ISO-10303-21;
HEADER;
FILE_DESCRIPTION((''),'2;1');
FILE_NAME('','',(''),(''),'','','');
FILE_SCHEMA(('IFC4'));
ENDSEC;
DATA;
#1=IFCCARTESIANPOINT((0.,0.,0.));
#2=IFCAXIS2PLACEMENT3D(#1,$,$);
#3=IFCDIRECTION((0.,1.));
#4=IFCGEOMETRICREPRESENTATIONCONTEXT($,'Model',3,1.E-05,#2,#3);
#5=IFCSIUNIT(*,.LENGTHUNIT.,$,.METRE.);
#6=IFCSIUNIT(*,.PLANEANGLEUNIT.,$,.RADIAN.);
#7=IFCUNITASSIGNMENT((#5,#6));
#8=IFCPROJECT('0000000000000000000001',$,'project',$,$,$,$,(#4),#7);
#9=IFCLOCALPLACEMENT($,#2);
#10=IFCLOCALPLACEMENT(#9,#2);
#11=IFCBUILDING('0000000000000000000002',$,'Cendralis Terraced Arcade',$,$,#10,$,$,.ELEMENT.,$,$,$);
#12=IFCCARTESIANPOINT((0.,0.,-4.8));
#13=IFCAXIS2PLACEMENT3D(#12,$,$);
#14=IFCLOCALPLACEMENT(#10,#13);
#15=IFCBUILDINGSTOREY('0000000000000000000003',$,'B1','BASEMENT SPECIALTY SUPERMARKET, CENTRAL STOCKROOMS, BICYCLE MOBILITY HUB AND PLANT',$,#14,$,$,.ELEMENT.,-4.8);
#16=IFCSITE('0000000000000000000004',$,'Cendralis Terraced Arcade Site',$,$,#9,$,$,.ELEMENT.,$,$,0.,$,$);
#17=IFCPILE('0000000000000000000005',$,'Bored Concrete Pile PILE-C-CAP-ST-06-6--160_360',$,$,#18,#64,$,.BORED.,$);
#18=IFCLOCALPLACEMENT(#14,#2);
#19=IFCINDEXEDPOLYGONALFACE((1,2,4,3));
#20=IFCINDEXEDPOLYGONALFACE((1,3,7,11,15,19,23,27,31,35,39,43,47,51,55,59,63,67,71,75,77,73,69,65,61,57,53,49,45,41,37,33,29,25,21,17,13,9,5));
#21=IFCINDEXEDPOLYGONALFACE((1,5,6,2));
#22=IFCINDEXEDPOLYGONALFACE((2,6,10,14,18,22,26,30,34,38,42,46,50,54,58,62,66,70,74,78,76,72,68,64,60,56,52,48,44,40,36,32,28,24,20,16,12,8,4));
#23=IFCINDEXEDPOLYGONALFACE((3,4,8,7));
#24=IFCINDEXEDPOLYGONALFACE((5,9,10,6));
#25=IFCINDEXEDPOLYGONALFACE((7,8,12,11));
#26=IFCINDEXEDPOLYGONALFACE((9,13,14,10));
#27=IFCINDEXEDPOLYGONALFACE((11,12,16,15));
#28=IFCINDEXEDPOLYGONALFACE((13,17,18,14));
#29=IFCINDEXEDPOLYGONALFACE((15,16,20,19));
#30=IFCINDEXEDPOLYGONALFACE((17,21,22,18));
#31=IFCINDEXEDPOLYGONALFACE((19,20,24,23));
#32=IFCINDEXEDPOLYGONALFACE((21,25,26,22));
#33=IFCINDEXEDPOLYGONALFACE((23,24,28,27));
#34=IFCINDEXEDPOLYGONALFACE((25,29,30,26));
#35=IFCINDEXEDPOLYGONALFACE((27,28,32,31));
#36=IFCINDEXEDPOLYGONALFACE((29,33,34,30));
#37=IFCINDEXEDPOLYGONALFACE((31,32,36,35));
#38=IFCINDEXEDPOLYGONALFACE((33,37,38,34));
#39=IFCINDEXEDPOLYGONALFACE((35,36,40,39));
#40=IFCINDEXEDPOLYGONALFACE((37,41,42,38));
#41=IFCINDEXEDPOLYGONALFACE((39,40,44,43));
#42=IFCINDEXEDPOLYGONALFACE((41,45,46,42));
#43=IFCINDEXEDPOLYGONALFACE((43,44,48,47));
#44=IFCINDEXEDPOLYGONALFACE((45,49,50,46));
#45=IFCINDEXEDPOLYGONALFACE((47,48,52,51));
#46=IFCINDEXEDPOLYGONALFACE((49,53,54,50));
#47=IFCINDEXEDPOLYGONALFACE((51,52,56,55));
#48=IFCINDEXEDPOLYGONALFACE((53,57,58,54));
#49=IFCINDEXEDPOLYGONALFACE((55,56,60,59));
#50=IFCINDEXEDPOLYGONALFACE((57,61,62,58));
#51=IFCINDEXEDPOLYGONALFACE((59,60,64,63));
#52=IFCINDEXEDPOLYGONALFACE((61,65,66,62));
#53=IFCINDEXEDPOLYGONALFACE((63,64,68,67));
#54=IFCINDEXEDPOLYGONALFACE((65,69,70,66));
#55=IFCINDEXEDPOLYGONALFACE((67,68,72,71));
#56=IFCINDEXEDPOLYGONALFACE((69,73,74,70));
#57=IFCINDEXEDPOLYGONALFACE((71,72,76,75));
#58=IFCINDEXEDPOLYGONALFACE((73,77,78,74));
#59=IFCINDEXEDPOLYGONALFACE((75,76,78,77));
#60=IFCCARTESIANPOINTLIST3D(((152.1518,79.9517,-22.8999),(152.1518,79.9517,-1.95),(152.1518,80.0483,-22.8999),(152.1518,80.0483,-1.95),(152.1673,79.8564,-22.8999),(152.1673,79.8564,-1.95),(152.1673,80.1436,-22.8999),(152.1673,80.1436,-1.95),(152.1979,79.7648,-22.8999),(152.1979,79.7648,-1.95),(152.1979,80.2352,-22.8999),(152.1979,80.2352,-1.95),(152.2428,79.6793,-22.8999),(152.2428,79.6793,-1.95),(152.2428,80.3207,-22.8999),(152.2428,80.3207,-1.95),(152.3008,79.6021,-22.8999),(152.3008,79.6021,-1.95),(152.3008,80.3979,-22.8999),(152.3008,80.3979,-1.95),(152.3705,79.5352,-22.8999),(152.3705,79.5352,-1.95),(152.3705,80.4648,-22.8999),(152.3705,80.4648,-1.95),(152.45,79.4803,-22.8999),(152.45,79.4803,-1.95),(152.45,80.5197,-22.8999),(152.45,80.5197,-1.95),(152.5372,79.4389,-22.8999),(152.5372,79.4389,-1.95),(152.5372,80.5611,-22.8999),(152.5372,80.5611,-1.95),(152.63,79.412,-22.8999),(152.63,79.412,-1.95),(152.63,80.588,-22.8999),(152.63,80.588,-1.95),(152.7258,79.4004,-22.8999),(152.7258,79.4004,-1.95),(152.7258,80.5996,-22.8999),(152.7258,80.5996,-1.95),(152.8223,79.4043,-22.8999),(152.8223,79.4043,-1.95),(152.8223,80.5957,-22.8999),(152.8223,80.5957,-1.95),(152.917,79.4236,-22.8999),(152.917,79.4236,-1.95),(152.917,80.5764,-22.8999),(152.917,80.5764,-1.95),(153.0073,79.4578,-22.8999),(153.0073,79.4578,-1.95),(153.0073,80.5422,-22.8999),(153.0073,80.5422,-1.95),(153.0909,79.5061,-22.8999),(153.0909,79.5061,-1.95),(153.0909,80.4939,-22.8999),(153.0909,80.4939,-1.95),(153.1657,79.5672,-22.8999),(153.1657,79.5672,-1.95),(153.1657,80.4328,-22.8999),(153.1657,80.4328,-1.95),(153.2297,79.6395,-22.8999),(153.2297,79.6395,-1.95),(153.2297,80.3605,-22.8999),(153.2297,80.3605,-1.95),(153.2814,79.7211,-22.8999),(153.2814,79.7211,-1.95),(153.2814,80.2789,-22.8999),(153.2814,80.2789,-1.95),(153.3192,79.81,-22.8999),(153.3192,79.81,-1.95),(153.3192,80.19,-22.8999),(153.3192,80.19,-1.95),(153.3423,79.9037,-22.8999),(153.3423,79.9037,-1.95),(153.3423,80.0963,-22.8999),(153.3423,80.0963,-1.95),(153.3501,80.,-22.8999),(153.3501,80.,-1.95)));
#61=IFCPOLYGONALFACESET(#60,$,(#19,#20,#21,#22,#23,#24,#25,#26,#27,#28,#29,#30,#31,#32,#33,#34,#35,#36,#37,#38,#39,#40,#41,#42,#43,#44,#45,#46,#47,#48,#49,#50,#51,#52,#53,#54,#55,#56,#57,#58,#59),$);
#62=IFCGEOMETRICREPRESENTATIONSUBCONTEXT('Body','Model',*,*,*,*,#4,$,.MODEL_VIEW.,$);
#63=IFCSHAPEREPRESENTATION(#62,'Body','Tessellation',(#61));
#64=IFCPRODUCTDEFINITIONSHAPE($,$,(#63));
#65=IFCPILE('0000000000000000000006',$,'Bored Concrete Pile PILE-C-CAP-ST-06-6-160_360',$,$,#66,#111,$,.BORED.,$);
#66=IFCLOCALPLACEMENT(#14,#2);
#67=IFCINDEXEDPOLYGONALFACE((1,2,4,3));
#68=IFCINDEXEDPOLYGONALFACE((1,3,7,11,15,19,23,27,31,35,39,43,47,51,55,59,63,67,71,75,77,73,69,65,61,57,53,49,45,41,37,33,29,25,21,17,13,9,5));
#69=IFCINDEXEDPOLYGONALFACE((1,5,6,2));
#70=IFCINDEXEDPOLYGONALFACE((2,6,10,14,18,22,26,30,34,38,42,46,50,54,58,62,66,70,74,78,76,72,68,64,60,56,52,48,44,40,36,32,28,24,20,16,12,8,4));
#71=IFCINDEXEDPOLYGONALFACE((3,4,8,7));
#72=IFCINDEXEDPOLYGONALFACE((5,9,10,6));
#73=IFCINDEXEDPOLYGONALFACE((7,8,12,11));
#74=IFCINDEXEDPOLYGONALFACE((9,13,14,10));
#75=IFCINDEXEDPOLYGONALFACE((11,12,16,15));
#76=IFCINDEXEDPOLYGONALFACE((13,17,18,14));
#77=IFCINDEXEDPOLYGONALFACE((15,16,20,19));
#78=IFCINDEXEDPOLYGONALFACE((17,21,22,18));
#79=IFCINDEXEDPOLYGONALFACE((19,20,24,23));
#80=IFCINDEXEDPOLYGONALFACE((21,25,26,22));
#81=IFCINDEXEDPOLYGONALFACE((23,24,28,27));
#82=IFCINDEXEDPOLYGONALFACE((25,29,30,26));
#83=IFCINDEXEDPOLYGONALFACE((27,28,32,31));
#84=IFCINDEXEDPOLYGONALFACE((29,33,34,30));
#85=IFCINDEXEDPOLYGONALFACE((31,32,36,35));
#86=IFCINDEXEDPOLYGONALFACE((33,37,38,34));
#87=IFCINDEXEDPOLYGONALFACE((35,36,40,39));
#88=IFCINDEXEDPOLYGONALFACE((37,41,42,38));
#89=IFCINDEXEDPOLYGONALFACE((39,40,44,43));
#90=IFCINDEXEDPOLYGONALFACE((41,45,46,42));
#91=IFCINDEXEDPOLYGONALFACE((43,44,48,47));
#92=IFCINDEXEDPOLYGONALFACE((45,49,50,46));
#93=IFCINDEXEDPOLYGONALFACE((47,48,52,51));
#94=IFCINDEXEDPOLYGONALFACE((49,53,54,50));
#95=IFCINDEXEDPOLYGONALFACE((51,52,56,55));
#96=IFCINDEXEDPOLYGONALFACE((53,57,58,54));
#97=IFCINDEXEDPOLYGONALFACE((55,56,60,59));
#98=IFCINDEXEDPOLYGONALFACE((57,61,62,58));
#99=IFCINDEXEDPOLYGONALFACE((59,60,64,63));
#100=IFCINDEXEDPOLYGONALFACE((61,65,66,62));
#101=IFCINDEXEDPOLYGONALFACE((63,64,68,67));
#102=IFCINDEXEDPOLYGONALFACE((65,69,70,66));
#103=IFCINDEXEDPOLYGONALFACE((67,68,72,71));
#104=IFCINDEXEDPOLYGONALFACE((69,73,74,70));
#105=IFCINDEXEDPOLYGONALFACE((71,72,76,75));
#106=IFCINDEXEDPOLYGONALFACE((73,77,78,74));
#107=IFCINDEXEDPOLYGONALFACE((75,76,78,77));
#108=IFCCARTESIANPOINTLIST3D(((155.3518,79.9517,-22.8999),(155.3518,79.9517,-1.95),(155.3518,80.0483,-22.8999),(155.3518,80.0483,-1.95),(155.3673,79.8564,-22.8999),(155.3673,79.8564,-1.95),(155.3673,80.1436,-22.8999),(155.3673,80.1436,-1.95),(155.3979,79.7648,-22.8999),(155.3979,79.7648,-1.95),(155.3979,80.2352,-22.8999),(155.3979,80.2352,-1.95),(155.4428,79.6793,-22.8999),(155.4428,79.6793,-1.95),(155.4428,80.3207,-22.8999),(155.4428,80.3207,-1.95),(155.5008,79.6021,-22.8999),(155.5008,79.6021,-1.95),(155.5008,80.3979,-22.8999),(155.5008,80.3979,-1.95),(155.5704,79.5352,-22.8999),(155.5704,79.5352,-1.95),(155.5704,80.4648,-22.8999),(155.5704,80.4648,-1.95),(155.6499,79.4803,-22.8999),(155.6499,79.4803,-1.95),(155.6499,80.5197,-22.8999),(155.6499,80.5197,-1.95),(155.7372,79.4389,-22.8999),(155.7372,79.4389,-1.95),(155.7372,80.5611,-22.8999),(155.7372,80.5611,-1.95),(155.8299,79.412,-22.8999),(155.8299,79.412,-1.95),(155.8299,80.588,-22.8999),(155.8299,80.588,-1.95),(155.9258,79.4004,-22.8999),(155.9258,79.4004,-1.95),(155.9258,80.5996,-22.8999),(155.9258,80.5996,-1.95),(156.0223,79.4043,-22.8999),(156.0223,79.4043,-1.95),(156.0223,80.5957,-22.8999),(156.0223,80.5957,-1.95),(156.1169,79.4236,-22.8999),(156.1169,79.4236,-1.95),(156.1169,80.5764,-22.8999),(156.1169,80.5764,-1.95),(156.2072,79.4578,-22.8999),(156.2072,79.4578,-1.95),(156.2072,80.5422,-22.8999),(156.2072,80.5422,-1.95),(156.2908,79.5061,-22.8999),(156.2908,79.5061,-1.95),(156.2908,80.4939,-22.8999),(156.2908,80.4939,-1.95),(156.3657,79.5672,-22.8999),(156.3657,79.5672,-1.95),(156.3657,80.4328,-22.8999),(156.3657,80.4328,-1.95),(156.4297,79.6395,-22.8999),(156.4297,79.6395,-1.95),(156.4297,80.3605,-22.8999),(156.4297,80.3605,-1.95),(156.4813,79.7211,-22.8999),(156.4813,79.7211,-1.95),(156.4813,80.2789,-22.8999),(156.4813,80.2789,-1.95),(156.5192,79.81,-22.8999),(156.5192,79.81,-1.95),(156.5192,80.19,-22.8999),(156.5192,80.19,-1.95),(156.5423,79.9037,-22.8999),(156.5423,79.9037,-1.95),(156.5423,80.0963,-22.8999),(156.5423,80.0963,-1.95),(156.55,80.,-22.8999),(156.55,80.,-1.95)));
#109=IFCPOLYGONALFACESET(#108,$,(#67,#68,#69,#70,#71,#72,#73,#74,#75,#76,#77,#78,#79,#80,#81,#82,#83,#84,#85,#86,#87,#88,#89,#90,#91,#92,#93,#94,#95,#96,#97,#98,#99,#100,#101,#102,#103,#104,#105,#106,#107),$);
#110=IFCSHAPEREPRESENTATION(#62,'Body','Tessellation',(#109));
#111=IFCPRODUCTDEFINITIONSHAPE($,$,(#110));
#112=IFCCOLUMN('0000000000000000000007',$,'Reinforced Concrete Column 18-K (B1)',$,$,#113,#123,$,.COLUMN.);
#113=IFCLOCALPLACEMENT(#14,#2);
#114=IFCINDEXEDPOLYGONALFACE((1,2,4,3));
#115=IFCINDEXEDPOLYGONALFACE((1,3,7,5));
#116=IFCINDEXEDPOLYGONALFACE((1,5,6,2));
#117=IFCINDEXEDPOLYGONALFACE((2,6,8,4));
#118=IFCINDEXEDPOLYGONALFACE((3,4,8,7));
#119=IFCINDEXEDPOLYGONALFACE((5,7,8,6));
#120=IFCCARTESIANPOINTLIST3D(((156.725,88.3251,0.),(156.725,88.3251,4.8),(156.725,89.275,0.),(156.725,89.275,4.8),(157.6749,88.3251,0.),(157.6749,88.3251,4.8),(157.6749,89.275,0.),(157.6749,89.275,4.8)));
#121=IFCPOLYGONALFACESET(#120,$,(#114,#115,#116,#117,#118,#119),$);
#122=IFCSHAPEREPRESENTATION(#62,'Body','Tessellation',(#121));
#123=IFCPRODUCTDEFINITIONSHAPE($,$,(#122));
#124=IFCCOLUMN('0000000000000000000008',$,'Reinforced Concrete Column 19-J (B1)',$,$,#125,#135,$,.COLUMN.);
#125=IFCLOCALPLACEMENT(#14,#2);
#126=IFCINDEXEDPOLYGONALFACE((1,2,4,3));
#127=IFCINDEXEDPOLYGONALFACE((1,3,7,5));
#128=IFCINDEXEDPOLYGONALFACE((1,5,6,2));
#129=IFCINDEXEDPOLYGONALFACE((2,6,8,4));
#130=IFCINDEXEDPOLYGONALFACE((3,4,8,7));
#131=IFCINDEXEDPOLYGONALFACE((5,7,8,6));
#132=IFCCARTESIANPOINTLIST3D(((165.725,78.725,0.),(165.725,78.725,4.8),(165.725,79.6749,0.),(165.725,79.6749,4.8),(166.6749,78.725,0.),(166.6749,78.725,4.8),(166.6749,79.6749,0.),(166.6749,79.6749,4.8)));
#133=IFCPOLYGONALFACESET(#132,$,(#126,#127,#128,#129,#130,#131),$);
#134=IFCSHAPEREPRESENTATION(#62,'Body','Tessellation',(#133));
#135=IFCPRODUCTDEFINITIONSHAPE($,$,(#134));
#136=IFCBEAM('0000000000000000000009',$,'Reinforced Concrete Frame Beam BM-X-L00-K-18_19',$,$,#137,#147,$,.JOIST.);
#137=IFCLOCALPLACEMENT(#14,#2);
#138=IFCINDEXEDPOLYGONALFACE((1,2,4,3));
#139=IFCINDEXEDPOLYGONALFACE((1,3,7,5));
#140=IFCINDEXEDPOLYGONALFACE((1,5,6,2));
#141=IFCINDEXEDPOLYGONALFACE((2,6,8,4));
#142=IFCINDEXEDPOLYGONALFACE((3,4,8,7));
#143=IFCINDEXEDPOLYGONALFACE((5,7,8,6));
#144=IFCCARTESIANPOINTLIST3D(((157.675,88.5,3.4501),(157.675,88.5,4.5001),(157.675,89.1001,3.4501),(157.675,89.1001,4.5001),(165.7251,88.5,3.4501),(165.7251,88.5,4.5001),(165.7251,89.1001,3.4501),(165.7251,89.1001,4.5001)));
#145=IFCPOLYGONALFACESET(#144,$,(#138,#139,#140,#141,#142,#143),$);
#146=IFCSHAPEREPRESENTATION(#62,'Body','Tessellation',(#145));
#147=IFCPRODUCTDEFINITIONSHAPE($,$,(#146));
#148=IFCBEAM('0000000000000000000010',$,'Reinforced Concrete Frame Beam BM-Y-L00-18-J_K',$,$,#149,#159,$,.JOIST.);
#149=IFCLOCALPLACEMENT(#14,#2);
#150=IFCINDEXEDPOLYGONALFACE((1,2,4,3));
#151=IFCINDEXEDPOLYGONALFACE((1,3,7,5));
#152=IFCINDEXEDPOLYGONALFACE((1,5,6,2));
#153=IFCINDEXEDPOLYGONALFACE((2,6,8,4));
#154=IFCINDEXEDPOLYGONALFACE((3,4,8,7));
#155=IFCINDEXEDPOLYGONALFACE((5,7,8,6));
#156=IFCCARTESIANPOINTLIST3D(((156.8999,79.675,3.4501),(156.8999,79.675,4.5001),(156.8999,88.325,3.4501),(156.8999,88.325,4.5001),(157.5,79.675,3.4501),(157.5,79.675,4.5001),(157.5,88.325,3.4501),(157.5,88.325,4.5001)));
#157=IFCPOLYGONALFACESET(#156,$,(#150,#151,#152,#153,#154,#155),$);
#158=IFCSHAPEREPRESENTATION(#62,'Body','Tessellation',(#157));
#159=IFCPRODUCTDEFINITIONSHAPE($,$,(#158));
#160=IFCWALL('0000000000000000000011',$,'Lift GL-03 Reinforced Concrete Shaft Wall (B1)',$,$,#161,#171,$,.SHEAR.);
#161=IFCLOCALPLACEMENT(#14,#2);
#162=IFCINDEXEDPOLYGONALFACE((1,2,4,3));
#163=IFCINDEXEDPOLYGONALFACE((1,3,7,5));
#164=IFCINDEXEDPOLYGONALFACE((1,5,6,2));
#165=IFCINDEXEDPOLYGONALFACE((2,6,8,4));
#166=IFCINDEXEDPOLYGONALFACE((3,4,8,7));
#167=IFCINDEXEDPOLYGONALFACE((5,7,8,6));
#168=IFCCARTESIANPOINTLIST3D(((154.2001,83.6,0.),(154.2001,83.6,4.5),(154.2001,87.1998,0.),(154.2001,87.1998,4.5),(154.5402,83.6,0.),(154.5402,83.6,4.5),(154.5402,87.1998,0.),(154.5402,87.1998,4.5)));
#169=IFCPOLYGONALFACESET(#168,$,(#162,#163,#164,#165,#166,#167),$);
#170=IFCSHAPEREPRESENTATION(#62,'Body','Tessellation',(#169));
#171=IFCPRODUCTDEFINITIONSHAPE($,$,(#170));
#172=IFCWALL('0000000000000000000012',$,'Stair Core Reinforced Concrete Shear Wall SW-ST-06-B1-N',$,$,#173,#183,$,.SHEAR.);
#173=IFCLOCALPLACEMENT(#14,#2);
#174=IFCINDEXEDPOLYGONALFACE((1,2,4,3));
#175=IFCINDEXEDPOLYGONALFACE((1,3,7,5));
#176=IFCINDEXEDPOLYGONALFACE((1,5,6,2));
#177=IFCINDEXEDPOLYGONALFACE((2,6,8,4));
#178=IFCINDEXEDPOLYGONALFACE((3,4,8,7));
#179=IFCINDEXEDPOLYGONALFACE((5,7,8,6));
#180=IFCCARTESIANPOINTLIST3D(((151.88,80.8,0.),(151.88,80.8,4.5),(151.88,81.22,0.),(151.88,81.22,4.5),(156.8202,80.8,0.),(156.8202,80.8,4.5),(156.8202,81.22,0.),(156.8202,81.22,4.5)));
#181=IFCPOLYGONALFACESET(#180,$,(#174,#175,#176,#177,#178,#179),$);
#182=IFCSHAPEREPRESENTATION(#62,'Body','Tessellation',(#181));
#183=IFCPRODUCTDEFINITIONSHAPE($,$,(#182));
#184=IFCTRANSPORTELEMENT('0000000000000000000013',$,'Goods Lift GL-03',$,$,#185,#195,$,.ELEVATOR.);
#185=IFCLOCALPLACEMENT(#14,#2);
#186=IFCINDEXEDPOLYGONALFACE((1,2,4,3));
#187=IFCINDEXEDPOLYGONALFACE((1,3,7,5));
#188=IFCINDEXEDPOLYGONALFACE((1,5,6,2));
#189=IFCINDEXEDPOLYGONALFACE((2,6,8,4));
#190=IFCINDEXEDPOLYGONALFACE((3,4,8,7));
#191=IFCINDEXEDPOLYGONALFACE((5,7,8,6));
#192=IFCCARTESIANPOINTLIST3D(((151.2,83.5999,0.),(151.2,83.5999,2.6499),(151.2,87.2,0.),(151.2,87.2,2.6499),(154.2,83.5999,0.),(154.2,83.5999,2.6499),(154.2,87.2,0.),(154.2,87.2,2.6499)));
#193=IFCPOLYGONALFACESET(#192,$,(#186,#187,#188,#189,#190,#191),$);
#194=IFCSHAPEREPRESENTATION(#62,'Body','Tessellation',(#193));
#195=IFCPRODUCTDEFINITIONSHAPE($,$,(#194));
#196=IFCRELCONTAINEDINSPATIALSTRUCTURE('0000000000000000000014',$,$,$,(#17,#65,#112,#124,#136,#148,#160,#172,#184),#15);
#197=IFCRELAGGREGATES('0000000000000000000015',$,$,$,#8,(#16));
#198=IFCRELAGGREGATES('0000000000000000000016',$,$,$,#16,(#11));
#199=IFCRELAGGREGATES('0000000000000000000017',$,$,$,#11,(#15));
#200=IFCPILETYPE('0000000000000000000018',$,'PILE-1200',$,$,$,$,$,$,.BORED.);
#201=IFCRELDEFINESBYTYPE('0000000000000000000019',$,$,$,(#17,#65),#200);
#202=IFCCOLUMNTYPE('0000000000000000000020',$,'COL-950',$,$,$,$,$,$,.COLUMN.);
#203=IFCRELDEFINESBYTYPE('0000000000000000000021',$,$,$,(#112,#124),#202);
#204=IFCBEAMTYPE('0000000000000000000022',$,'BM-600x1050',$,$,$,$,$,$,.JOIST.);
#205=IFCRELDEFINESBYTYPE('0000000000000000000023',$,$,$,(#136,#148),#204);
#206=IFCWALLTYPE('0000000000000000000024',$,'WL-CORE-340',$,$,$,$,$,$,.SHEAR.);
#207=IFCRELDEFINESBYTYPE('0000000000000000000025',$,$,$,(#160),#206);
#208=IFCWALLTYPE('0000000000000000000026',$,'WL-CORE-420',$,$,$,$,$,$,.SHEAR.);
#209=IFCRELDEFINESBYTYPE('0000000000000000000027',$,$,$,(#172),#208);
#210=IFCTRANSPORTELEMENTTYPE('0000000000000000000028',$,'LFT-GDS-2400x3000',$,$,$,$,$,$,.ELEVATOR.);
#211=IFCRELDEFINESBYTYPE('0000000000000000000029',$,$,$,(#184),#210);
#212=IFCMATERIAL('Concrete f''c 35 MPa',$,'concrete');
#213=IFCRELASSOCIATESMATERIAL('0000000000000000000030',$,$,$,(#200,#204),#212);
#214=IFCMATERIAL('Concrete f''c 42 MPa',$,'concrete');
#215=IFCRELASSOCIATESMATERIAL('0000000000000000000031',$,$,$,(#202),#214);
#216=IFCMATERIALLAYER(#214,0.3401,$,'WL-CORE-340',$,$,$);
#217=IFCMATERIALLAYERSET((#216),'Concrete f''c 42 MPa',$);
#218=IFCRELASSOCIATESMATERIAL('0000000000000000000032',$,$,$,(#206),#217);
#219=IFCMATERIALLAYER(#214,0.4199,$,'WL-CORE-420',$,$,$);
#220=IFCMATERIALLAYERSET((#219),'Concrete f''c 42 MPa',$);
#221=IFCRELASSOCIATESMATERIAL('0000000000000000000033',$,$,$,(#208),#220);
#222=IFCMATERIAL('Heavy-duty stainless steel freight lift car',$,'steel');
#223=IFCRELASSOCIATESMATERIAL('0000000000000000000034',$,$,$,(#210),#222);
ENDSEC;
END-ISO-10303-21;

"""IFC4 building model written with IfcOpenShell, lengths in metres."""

from ifc_helpers import new_model, si_unit, direction, frame, frame_2d, origin, origin_2d, place, context, subcontext, project, spatial, rectangle, circle, extrude, material, layer, layer_set, material_profile, profile_set, type_object, element, save


model = new_model("IFC4")

# Units and contexts
model_context = context("Model", 3, precision=1e-05, world=origin(), true_north=direction((0.0, 1.0)))
body_context = subcontext(model_context, "Body", "Model", "MODEL_VIEW")
ifc_project = project(units=[si_unit("LENGTHUNIT", "METRE"), si_unit("PLANEANGLEUNIT", "RADIAN")], contexts=[model_context])

# Site, building, storey
site_placement = place(None, origin())
site = spatial("IfcSite", under=ifc_project, at=site_placement, Name="Cendralis Terraced Arcade Site", CompositionType="ELEMENT", RefElevation=0.0)
building_placement = place(site_placement, origin())
building = spatial("IfcBuilding", under=site, at=building_placement, Name="Cendralis Terraced Arcade", CompositionType="ELEMENT")
storey_placement = place(building_placement, frame((0.0, 0.0, -4.8)))
storey = spatial("IfcBuildingStorey", under=building, at=storey_placement, Name="B1", Description="BASEMENT SPECIALTY SUPERMARKET, CENTRAL STOCKROOMS, BICYCLE MOBILITY HUB AND PLANT", CompositionType="ELEMENT", Elevation=-4.8)

# Shared definitions
ifc_material_1 = material(Name="Concrete f'c 35 MPa", Category="concrete")

# Piles
ifc_material_profile_1 = material_profile(ifc_material_1, circle(Radius=0.6001, at=origin_2d()), Name="PILE-D1200", Category="LoadBearing")
ifc_profile_set_1 = profile_set([ifc_material_profile_1], Name="Concrete f'c 35 MPa")
pile_type_1 = type_object("IfcPileType", Name="PILE-1200", PredefinedType="BORED", material=ifc_profile_set_1)
for number, where, z_axis, x_axis, name in (
    (1, (152.75, 80.0, -1.95), (0.0, 0.0, -1.0), (1.0, 0.0, 0.0), "Bored Concrete Pile PILE-C-CAP-ST-06-6--160_360"),
    (2, (155.95, 80.0, -1.95), (0.0, 0.0, -1.0), (1.0, 0.0, 0.0), "Bored Concrete Pile PILE-C-CAP-ST-06-6-160_360"),
):
    element("IfcPile", number, at=place(storey_placement, frame(where, z_axis=z_axis, x_axis=x_axis)), inside=storey, type_object=pile_type_1, Name=name, PredefinedType="BORED", context=body_context, shape_type="SweptSolid", body=[
        extrude(circle(Radius=0.6001, at=origin_2d()), origin(), (0.0, 0.0, 1.0), 20.95),
    ])

# Columns
ifc_material_2 = material(Name="Concrete f'c 42 MPa", Category="concrete")
ifc_material_profile_2 = material_profile(ifc_material_2, rectangle(XDim=0.95, YDim=0.95, at=origin_2d()), Name="RC-COL-950x950", Category="LoadBearing")
ifc_profile_set_2 = profile_set([ifc_material_profile_2], Name="Concrete f'c 42 MPa")
column_type = type_object("IfcColumnType", Name="COL-950", PredefinedType="COLUMN", material=ifc_profile_set_2)
for number, where, z_axis, x_axis, name in (
    (3, (157.2, 88.8, 0.0), (0.0, 0.0, 1.0), (1.0, 0.0, 0.0), "Reinforced Concrete Column 18-K (B1)"),
    (4, (166.2, 79.2, 0.0), (0.0, 0.0, 1.0), (1.0, 0.0, 0.0), "Reinforced Concrete Column 19-J (B1)"),
):
    element("IfcColumn", number, at=place(storey_placement, frame(where, z_axis=z_axis, x_axis=x_axis)), inside=storey, type_object=column_type, Name=name, PredefinedType="COLUMN", context=body_context, shape_type="SweptSolid", body=[
        extrude(rectangle(XDim=0.95, YDim=0.95, at=origin_2d()), origin(), (0.0, 0.0, 1.0), 4.8),
    ])

# Beams
ifc_material_profile_3 = material_profile(ifc_material_1, rectangle(XDim=0.6001, YDim=1.05, at=origin_2d()), Name="RC-BM-600x1050", Category="LoadBearing")
ifc_profile_set_3 = profile_set([ifc_material_profile_3], Name="Concrete f'c 35 MPa")
beam_type = type_object("IfcBeamType", Name="BM-600x1050", PredefinedType="JOIST", material=ifc_profile_set_3)
beam_1_placement = place(storey_placement, frame((157.675, 88.8, 3.9751), z_axis=(1.0, 0.0, 0.0), x_axis=(0.0, 1.0, 0.0)))
element("IfcBeam", 5, at=beam_1_placement, inside=storey, type_object=beam_type, Name="Reinforced Concrete Frame Beam BM-X-L00-K-18_19", PredefinedType="JOIST", context=body_context, shape_type="SweptSolid", body=[
    extrude(rectangle(XDim=0.6001, YDim=1.05, at=origin_2d()), origin(), (0.0, 0.0, 1.0), 8.05),
])
beam_2_placement = place(storey_placement, frame((157.2, 79.675, 3.9751), z_axis=(0.0, 1.0, 0.0), x_axis=(-1.0, 0.0, 0.0)))
element("IfcBeam", 6, at=beam_2_placement, inside=storey, type_object=beam_type, Name="Reinforced Concrete Frame Beam BM-Y-L00-18-J_K", PredefinedType="JOIST", context=body_context, shape_type="SweptSolid", body=[
    extrude(rectangle(XDim=0.6001, YDim=1.05, at=origin_2d()), origin(), (0.0, 0.0, 1.0), 8.6499),
])

# Walls
ifc_layer_1 = layer(ifc_material_2, 0.3401, Name="WL-CORE-340")
ifc_layer_set_1 = layer_set([ifc_layer_1], Name="Concrete f'c 42 MPa")
wall_type_1 = type_object("IfcWallType", Name="WL-CORE-340", PredefinedType="SHEAR", material=ifc_layer_set_1)
wall_1_placement = place(storey_placement, frame((154.3701, 83.6001, 0.0), z_axis=(0.0, 0.0, 1.0), x_axis=(0.0, 1.0, 0.0)))
element("IfcWall", 7, at=wall_1_placement, inside=storey, type_object=wall_type_1, Name="Lift GL-03 Reinforced Concrete Shaft Wall (B1)", PredefinedType="SHEAR", context=body_context, shape_type="SweptSolid", body=[
    extrude(rectangle(XDim=3.5999, YDim=0.3401, at=frame_2d((1.7998, 0.0))), origin(), (0.0, 0.0, 1.0), 4.5),
])
ifc_layer_2 = layer(ifc_material_2, 0.4199, Name="WL-CORE-420")
ifc_layer_set_2 = layer_set([ifc_layer_2], Name="Concrete f'c 42 MPa")
wall_type_2 = type_object("IfcWallType", Name="WL-CORE-420", PredefinedType="SHEAR", material=ifc_layer_set_2)
wall_2_placement = place(storey_placement, frame((151.8799, 81.01, 0.0), z_axis=(0.0, 0.0, 1.0), x_axis=(1.0, 0.0, 0.0)))
element("IfcWall", 8, at=wall_2_placement, inside=storey, type_object=wall_type_2, Name="Stair Core Reinforced Concrete Shear Wall SW-ST-06-B1-N", PredefinedType="SHEAR", context=body_context, shape_type="SweptSolid", body=[
    extrude(rectangle(XDim=4.9402, YDim=0.4199, at=frame_2d((2.4702, 0.0))), origin(), (0.0, 0.0, 1.0), 4.5),
])

# Transport element
ifc_material_3 = material(Name="Heavy-duty stainless steel freight lift car", Category="steel")
transport_element_type = type_object("IfcTransportElementType", Name="LFT-GDS-2400x3000", PredefinedType="ELEVATOR", material=ifc_material_3)
transport_element_placement = place(storey_placement, frame((152.7, 85.3999, 0.0), z_axis=(0.0, 0.0, 1.0), x_axis=(1.0, 0.0, 0.0)))
element("IfcTransportElement", 9, at=transport_element_placement, inside=storey, type_object=transport_element_type, Name="Goods Lift GL-03", PredefinedType="ELEVATOR", context=body_context, shape_type="SweptSolid", body=[
    extrude(rectangle(XDim=3.0, YDim=3.6001, at=origin_2d()), origin(), (0.0, 0.0, 1.0), 2.6499),
])

save(model, "model.ifc")
